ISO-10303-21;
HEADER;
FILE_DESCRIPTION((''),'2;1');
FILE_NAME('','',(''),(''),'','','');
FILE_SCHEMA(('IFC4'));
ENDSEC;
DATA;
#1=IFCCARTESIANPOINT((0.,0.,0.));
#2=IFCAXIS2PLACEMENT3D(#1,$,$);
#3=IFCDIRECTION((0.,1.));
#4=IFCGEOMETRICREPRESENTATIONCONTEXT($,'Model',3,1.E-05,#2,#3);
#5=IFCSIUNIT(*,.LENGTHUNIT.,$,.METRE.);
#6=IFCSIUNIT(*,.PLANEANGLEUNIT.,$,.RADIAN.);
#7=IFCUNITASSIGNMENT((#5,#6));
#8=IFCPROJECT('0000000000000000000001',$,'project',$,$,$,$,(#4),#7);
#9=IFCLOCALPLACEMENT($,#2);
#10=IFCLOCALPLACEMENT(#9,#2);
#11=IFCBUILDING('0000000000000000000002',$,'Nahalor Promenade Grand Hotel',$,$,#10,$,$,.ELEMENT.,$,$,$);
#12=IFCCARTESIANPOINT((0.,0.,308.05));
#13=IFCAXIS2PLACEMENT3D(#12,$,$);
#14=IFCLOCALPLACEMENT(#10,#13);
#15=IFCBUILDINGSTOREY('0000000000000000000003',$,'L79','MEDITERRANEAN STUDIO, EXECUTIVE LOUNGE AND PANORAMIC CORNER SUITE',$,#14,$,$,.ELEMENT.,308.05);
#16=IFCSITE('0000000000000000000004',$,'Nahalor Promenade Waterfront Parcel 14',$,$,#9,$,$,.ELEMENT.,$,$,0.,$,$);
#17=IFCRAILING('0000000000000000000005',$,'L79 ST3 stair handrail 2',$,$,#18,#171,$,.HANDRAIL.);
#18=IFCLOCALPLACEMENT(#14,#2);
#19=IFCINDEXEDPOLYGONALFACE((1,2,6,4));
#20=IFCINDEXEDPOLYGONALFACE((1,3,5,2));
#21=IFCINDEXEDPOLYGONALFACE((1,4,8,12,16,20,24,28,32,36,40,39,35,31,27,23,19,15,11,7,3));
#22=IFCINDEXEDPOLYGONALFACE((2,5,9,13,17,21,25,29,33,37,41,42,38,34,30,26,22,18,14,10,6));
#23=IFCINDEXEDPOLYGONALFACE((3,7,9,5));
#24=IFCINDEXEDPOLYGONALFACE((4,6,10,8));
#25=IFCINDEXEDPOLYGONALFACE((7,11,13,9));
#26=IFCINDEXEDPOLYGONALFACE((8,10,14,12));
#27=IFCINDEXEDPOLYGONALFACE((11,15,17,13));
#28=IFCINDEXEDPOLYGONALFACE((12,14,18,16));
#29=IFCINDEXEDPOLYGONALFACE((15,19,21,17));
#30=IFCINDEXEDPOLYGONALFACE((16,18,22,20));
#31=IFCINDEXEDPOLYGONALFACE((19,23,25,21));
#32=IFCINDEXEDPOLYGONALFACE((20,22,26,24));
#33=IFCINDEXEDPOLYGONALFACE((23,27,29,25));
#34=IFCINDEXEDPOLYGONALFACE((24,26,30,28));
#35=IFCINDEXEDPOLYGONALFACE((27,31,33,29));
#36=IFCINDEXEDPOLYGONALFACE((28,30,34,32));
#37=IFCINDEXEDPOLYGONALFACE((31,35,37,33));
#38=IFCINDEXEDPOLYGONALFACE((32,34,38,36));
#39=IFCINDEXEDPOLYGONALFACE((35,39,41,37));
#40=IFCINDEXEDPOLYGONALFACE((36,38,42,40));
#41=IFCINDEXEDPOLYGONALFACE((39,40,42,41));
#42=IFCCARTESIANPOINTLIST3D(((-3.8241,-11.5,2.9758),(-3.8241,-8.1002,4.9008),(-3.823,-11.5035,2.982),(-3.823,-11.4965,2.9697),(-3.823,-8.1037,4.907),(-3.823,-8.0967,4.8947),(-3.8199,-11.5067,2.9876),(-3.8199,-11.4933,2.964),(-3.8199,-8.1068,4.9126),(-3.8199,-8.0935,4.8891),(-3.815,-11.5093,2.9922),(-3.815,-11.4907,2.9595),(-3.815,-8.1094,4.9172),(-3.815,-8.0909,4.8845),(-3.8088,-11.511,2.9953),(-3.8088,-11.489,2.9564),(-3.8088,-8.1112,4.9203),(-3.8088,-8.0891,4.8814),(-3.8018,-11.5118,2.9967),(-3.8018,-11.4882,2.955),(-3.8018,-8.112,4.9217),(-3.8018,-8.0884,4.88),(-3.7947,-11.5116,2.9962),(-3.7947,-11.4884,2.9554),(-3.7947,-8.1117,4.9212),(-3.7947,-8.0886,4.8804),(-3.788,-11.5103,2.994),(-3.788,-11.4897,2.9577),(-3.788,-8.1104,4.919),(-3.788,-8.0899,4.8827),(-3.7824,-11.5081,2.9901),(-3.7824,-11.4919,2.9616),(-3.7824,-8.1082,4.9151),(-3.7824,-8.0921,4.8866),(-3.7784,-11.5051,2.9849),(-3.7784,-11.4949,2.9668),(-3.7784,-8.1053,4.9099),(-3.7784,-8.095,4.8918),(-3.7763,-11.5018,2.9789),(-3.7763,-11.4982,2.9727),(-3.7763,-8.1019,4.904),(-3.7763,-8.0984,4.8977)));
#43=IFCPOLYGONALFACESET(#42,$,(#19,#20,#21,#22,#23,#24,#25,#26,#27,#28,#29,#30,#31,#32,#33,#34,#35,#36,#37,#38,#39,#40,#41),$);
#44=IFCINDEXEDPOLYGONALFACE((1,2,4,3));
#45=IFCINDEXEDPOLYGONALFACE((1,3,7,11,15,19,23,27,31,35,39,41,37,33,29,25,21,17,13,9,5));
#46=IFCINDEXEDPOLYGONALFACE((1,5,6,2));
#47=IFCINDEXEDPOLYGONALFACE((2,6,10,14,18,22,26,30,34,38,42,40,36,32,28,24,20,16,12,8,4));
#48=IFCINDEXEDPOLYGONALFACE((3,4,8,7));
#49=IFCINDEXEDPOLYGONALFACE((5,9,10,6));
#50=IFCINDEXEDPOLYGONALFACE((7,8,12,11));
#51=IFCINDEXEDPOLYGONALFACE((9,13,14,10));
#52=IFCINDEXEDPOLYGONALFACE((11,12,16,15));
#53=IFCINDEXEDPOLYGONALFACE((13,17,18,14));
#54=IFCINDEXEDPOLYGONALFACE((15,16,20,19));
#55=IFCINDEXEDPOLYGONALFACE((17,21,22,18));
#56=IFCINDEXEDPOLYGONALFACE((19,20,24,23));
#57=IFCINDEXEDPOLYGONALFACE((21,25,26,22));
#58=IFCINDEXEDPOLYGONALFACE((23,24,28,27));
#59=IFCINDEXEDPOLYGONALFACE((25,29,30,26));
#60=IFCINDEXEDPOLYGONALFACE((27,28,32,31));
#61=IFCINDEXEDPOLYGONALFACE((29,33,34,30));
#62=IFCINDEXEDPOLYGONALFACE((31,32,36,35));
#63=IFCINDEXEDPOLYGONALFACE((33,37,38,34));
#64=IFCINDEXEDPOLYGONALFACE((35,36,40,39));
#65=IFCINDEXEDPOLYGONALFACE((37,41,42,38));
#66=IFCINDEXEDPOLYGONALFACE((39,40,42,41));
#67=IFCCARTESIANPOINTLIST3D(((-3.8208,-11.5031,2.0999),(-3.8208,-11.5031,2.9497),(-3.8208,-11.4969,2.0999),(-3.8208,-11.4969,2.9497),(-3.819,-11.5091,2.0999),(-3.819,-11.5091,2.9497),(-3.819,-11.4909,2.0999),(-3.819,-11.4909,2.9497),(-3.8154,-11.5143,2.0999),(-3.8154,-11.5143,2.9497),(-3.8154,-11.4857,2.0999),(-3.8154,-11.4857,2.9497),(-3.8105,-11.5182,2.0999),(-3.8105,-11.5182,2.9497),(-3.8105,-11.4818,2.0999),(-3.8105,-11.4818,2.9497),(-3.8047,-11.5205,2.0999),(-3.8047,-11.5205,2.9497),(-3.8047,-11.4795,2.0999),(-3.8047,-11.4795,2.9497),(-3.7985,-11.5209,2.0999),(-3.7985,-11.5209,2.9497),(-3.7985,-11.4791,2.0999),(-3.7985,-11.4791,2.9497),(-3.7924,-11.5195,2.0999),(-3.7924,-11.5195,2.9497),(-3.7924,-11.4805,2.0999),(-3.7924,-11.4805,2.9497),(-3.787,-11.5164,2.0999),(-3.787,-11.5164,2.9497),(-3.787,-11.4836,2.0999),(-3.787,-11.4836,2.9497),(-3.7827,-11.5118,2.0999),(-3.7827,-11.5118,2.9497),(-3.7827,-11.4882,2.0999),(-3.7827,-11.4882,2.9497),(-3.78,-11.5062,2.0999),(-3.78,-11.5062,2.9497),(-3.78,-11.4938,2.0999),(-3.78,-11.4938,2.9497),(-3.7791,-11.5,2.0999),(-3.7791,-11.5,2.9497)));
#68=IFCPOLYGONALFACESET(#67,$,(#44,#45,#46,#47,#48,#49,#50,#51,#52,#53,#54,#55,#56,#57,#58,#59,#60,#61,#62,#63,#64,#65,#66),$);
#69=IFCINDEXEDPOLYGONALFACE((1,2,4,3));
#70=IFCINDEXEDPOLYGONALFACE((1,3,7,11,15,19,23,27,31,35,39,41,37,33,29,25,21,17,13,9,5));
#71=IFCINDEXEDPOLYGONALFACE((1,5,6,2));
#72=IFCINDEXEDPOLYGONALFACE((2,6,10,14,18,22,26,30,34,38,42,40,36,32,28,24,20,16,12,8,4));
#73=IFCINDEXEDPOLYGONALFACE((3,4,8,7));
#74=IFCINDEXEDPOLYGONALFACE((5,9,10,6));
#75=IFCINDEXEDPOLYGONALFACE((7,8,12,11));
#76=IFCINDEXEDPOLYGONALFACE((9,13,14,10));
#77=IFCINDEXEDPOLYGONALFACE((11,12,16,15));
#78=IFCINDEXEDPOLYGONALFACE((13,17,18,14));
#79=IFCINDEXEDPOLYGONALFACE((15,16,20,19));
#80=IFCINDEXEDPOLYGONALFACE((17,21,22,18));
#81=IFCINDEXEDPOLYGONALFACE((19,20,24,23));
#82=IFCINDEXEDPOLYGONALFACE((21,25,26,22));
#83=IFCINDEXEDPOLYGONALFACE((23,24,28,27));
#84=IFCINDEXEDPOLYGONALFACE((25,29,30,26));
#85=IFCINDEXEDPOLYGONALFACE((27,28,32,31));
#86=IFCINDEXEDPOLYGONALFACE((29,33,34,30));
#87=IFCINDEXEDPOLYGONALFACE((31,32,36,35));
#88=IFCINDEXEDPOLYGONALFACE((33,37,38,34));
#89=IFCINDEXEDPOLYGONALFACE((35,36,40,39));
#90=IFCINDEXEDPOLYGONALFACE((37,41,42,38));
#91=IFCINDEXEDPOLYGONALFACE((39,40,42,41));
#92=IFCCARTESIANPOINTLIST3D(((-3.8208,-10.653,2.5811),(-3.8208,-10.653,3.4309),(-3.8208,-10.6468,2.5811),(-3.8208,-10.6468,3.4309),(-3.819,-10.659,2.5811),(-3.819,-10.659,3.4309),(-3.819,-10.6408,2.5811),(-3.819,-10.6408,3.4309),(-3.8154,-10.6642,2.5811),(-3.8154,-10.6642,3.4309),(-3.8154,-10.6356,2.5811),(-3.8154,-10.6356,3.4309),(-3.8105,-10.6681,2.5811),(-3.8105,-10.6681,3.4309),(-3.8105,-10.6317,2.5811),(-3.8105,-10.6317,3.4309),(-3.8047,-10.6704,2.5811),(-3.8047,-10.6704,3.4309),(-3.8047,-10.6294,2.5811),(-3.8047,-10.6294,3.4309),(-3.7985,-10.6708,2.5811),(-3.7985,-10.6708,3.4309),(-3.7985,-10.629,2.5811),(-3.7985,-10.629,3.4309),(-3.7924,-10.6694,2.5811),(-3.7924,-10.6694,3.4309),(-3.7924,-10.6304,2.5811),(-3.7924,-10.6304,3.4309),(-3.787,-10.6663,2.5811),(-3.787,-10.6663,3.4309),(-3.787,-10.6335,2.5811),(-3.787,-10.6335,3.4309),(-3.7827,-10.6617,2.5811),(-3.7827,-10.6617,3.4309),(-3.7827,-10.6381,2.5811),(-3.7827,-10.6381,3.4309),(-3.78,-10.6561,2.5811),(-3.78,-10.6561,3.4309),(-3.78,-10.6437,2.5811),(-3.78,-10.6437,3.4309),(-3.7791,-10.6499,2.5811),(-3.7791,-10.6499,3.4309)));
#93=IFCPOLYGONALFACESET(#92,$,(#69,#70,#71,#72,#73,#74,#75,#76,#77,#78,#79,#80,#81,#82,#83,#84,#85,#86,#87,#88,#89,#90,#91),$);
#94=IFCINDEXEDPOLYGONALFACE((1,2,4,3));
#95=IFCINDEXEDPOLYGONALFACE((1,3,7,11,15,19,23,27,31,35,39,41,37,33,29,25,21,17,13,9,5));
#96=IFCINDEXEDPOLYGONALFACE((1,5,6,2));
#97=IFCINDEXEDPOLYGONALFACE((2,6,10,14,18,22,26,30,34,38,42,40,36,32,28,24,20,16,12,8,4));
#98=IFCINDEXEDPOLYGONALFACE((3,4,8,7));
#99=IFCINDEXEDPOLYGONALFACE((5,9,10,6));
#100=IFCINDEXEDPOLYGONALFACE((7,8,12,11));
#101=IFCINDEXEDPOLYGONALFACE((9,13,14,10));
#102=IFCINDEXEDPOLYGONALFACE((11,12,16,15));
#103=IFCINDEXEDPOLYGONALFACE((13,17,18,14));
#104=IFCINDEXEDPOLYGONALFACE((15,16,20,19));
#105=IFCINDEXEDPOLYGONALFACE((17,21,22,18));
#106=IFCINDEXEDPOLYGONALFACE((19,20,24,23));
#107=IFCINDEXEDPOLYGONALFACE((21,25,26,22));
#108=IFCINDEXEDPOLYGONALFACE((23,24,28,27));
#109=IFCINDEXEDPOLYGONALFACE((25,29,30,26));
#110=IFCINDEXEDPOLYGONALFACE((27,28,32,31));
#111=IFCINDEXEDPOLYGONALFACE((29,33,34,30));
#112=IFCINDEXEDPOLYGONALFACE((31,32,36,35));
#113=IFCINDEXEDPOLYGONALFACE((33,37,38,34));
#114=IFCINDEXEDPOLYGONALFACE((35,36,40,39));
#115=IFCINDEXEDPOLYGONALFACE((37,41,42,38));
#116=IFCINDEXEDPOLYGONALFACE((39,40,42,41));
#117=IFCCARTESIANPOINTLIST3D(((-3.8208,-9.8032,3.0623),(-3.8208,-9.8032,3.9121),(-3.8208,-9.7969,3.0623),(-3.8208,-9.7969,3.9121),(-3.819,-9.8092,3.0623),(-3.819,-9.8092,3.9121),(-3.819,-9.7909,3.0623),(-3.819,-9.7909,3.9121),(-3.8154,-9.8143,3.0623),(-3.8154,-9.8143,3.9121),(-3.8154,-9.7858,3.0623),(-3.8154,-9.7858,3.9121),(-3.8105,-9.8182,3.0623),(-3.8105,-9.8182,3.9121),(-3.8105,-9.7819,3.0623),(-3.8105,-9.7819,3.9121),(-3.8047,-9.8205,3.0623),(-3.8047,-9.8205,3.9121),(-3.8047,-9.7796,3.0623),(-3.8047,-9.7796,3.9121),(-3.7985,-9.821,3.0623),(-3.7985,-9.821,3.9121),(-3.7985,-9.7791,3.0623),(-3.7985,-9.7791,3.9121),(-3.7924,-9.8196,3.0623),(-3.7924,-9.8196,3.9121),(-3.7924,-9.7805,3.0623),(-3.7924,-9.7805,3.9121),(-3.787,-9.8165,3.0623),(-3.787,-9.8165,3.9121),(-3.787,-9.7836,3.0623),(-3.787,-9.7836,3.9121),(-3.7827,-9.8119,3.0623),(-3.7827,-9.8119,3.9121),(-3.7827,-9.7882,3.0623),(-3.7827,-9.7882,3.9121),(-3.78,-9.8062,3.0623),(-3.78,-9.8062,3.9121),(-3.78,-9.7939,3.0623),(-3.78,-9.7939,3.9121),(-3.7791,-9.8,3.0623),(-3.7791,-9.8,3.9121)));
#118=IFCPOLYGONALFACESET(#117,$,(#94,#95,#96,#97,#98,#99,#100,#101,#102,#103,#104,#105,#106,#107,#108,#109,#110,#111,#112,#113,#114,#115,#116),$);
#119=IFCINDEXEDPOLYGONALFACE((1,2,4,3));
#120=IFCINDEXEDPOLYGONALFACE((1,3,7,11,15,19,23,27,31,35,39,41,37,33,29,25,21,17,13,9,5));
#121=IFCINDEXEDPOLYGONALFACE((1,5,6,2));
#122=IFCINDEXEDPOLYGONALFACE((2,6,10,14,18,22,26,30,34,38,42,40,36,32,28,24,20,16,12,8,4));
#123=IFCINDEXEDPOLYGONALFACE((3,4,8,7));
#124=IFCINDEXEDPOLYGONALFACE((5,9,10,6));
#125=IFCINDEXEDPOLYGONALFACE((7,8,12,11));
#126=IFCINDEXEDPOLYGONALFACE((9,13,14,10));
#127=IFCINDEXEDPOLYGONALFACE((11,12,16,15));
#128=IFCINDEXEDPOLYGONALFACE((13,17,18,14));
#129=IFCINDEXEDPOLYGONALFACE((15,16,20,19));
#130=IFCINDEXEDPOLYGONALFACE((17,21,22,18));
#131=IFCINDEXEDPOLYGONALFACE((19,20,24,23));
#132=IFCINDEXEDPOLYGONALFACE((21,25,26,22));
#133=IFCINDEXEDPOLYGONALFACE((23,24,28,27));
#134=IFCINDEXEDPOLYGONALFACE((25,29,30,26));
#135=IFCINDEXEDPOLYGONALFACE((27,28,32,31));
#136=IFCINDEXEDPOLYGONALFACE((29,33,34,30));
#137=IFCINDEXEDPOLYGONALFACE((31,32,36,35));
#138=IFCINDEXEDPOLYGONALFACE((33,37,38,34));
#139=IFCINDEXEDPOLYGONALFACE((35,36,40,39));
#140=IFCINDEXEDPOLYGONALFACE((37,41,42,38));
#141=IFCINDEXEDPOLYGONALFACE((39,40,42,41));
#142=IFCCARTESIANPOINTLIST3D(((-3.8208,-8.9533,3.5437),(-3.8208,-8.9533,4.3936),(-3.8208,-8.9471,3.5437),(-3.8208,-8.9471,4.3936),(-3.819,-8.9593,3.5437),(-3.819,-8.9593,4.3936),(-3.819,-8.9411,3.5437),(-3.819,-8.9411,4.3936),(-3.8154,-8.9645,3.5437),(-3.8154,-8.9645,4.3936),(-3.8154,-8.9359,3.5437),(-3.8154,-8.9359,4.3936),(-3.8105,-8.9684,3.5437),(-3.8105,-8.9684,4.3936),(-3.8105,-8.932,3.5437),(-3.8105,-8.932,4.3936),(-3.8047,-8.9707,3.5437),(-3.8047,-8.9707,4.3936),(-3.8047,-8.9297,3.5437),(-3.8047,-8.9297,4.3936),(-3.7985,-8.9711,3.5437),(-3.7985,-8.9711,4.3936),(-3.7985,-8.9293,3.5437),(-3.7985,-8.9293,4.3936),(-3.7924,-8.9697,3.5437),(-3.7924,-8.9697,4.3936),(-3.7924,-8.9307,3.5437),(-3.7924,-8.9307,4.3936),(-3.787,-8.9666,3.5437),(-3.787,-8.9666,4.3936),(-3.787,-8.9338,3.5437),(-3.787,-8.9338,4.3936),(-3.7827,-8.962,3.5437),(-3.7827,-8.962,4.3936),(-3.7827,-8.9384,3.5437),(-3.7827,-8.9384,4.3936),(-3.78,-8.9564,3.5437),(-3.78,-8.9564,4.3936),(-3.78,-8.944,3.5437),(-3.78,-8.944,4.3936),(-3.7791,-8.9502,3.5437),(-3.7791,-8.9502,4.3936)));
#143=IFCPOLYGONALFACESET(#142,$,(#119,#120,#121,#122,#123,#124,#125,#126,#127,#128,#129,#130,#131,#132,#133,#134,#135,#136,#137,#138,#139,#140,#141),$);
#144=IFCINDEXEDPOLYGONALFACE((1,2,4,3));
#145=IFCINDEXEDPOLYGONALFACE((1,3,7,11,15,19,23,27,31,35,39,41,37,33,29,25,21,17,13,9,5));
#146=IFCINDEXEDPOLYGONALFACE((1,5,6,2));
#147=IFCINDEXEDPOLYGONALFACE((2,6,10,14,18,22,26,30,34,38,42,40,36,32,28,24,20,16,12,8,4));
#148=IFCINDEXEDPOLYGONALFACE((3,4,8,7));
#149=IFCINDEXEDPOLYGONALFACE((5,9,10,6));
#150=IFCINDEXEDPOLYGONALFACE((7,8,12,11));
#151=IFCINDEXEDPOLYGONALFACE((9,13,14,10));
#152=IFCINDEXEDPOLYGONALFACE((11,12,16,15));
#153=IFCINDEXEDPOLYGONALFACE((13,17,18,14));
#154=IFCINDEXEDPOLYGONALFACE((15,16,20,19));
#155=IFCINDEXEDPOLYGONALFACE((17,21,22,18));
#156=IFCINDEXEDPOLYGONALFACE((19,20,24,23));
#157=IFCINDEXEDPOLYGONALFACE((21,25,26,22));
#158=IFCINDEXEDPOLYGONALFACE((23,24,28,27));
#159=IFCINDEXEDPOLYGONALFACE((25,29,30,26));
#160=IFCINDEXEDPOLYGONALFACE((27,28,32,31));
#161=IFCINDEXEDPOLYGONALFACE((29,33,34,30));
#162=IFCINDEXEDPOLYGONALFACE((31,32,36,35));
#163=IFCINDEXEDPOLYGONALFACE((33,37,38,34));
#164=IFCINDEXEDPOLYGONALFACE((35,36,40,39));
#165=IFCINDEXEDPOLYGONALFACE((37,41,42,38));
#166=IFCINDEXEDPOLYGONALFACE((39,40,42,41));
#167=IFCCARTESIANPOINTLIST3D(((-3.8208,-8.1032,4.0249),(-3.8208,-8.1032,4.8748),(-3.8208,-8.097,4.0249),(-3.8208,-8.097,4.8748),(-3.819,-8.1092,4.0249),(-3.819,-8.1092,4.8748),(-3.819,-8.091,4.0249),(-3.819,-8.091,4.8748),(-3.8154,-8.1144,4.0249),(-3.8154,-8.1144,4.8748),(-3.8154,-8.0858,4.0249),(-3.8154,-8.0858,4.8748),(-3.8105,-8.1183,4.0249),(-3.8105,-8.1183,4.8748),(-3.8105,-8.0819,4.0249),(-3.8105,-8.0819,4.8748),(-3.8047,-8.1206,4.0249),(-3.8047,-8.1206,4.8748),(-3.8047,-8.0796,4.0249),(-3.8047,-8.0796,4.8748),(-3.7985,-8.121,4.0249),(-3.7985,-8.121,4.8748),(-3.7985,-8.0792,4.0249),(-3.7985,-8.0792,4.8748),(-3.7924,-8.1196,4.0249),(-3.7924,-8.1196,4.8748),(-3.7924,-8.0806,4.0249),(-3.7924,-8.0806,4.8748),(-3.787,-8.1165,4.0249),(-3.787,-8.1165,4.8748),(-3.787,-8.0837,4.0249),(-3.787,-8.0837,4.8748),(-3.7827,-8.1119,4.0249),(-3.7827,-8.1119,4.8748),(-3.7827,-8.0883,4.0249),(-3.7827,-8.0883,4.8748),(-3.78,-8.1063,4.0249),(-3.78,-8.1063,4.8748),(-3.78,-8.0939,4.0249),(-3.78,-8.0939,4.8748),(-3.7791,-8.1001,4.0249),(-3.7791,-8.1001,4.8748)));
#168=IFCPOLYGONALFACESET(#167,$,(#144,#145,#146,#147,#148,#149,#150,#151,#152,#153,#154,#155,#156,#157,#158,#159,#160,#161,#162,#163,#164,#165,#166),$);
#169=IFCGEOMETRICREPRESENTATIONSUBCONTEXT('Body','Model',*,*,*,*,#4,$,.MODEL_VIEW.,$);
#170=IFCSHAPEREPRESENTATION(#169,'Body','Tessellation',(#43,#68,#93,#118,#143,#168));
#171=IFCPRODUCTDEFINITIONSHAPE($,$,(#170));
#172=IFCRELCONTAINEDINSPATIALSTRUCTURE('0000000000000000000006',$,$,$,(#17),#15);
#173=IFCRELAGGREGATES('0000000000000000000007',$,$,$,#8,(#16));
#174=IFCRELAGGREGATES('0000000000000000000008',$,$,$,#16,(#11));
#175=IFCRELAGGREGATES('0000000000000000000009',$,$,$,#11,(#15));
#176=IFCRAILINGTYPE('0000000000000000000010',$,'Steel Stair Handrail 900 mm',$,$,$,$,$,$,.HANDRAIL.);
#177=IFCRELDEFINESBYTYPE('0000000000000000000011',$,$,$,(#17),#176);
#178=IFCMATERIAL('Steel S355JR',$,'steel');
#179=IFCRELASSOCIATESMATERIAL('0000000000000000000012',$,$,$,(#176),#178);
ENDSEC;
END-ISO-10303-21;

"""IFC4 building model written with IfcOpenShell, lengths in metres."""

from ifc_helpers import new_model, si_unit, direction, frame, origin, origin_2d, place, context, subcontext, project, spatial, circle, extrude, material, type_object, element, save


model = new_model("IFC4")

# Units and contexts
model_context = context("Model", 3, precision=1e-05, world=origin(), true_north=direction((0.0, 1.0)))
body_context = subcontext(model_context, "Body", "Model", "MODEL_VIEW")
ifc_project = project(units=[si_unit("LENGTHUNIT", "METRE"), si_unit("PLANEANGLEUNIT", "RADIAN")], contexts=[model_context])

# Site, building, storey
site_placement = place(None, origin())
site = spatial("IfcSite", under=ifc_project, at=site_placement, Name="Nahalor Promenade Waterfront Parcel 14", CompositionType="ELEMENT", RefElevation=0.0)
building_placement = place(site_placement, origin())
building = spatial("IfcBuilding", under=site, at=building_placement, Name="Nahalor Promenade Grand Hotel", CompositionType="ELEMENT")
storey_placement = place(building_placement, frame((0.0, 0.0, 308.05)))
storey = spatial("IfcBuildingStorey", under=building, at=storey_placement, Name="L79", Description="MEDITERRANEAN STUDIO, EXECUTIVE LOUNGE AND PANORAMIC CORNER SUITE", CompositionType="ELEMENT", Elevation=308.05)

# Shared definitions
ifc_material_1 = material(Name="Steel S355JR", Category="steel")

# Railing
railing_type_1 = type_object("IfcRailingType", Name="Steel Stair Handrail 900 mm", PredefinedType="HANDRAIL", material=ifc_material_1)
railing_1_placement = place(storey_placement, frame((-3.8, -11.5, 2.0999)))
element("IfcRailing", 1, at=railing_1_placement, inside=storey, type_object=railing_type_1, Name="L79 ST3 stair handrail 2", PredefinedType="HANDRAIL", context=body_context, shape_type="SweptSolid", body=[
    extrude(circle(Radius=0.024, at=origin_2d()), frame((0.0, 0.0, 0.876), z_axis=(0.0, 0.870194, 0.49271), x_axis=(-1.0, 0.0, 0.0)), (0.0, 0.0, 1.0), 3.907),
    extrude(circle(Radius=0.021, at=origin_2d()), origin(), (0.0, 0.0, 1.0), 0.8499),
    extrude(circle(Radius=0.021, at=origin_2d()), frame((0.0, 0.8501, 0.4812)), (0.0, 0.0, 1.0), 0.8499),
    extrude(circle(Radius=0.021, at=origin_2d()), frame((0.0, 1.7, 0.9624)), (0.0, 0.0, 1.0), 0.8499),
    extrude(circle(Radius=0.021, at=origin_2d()), frame((0.0, 2.5498, 1.4438)), (0.0, 0.0, 1.0), 0.8499),
    extrude(circle(Radius=0.021, at=origin_2d()), frame((0.0, 3.3999, 1.925)), (0.0, 0.0, 1.0), 0.8499),
])

save(model, "model.ifc")
